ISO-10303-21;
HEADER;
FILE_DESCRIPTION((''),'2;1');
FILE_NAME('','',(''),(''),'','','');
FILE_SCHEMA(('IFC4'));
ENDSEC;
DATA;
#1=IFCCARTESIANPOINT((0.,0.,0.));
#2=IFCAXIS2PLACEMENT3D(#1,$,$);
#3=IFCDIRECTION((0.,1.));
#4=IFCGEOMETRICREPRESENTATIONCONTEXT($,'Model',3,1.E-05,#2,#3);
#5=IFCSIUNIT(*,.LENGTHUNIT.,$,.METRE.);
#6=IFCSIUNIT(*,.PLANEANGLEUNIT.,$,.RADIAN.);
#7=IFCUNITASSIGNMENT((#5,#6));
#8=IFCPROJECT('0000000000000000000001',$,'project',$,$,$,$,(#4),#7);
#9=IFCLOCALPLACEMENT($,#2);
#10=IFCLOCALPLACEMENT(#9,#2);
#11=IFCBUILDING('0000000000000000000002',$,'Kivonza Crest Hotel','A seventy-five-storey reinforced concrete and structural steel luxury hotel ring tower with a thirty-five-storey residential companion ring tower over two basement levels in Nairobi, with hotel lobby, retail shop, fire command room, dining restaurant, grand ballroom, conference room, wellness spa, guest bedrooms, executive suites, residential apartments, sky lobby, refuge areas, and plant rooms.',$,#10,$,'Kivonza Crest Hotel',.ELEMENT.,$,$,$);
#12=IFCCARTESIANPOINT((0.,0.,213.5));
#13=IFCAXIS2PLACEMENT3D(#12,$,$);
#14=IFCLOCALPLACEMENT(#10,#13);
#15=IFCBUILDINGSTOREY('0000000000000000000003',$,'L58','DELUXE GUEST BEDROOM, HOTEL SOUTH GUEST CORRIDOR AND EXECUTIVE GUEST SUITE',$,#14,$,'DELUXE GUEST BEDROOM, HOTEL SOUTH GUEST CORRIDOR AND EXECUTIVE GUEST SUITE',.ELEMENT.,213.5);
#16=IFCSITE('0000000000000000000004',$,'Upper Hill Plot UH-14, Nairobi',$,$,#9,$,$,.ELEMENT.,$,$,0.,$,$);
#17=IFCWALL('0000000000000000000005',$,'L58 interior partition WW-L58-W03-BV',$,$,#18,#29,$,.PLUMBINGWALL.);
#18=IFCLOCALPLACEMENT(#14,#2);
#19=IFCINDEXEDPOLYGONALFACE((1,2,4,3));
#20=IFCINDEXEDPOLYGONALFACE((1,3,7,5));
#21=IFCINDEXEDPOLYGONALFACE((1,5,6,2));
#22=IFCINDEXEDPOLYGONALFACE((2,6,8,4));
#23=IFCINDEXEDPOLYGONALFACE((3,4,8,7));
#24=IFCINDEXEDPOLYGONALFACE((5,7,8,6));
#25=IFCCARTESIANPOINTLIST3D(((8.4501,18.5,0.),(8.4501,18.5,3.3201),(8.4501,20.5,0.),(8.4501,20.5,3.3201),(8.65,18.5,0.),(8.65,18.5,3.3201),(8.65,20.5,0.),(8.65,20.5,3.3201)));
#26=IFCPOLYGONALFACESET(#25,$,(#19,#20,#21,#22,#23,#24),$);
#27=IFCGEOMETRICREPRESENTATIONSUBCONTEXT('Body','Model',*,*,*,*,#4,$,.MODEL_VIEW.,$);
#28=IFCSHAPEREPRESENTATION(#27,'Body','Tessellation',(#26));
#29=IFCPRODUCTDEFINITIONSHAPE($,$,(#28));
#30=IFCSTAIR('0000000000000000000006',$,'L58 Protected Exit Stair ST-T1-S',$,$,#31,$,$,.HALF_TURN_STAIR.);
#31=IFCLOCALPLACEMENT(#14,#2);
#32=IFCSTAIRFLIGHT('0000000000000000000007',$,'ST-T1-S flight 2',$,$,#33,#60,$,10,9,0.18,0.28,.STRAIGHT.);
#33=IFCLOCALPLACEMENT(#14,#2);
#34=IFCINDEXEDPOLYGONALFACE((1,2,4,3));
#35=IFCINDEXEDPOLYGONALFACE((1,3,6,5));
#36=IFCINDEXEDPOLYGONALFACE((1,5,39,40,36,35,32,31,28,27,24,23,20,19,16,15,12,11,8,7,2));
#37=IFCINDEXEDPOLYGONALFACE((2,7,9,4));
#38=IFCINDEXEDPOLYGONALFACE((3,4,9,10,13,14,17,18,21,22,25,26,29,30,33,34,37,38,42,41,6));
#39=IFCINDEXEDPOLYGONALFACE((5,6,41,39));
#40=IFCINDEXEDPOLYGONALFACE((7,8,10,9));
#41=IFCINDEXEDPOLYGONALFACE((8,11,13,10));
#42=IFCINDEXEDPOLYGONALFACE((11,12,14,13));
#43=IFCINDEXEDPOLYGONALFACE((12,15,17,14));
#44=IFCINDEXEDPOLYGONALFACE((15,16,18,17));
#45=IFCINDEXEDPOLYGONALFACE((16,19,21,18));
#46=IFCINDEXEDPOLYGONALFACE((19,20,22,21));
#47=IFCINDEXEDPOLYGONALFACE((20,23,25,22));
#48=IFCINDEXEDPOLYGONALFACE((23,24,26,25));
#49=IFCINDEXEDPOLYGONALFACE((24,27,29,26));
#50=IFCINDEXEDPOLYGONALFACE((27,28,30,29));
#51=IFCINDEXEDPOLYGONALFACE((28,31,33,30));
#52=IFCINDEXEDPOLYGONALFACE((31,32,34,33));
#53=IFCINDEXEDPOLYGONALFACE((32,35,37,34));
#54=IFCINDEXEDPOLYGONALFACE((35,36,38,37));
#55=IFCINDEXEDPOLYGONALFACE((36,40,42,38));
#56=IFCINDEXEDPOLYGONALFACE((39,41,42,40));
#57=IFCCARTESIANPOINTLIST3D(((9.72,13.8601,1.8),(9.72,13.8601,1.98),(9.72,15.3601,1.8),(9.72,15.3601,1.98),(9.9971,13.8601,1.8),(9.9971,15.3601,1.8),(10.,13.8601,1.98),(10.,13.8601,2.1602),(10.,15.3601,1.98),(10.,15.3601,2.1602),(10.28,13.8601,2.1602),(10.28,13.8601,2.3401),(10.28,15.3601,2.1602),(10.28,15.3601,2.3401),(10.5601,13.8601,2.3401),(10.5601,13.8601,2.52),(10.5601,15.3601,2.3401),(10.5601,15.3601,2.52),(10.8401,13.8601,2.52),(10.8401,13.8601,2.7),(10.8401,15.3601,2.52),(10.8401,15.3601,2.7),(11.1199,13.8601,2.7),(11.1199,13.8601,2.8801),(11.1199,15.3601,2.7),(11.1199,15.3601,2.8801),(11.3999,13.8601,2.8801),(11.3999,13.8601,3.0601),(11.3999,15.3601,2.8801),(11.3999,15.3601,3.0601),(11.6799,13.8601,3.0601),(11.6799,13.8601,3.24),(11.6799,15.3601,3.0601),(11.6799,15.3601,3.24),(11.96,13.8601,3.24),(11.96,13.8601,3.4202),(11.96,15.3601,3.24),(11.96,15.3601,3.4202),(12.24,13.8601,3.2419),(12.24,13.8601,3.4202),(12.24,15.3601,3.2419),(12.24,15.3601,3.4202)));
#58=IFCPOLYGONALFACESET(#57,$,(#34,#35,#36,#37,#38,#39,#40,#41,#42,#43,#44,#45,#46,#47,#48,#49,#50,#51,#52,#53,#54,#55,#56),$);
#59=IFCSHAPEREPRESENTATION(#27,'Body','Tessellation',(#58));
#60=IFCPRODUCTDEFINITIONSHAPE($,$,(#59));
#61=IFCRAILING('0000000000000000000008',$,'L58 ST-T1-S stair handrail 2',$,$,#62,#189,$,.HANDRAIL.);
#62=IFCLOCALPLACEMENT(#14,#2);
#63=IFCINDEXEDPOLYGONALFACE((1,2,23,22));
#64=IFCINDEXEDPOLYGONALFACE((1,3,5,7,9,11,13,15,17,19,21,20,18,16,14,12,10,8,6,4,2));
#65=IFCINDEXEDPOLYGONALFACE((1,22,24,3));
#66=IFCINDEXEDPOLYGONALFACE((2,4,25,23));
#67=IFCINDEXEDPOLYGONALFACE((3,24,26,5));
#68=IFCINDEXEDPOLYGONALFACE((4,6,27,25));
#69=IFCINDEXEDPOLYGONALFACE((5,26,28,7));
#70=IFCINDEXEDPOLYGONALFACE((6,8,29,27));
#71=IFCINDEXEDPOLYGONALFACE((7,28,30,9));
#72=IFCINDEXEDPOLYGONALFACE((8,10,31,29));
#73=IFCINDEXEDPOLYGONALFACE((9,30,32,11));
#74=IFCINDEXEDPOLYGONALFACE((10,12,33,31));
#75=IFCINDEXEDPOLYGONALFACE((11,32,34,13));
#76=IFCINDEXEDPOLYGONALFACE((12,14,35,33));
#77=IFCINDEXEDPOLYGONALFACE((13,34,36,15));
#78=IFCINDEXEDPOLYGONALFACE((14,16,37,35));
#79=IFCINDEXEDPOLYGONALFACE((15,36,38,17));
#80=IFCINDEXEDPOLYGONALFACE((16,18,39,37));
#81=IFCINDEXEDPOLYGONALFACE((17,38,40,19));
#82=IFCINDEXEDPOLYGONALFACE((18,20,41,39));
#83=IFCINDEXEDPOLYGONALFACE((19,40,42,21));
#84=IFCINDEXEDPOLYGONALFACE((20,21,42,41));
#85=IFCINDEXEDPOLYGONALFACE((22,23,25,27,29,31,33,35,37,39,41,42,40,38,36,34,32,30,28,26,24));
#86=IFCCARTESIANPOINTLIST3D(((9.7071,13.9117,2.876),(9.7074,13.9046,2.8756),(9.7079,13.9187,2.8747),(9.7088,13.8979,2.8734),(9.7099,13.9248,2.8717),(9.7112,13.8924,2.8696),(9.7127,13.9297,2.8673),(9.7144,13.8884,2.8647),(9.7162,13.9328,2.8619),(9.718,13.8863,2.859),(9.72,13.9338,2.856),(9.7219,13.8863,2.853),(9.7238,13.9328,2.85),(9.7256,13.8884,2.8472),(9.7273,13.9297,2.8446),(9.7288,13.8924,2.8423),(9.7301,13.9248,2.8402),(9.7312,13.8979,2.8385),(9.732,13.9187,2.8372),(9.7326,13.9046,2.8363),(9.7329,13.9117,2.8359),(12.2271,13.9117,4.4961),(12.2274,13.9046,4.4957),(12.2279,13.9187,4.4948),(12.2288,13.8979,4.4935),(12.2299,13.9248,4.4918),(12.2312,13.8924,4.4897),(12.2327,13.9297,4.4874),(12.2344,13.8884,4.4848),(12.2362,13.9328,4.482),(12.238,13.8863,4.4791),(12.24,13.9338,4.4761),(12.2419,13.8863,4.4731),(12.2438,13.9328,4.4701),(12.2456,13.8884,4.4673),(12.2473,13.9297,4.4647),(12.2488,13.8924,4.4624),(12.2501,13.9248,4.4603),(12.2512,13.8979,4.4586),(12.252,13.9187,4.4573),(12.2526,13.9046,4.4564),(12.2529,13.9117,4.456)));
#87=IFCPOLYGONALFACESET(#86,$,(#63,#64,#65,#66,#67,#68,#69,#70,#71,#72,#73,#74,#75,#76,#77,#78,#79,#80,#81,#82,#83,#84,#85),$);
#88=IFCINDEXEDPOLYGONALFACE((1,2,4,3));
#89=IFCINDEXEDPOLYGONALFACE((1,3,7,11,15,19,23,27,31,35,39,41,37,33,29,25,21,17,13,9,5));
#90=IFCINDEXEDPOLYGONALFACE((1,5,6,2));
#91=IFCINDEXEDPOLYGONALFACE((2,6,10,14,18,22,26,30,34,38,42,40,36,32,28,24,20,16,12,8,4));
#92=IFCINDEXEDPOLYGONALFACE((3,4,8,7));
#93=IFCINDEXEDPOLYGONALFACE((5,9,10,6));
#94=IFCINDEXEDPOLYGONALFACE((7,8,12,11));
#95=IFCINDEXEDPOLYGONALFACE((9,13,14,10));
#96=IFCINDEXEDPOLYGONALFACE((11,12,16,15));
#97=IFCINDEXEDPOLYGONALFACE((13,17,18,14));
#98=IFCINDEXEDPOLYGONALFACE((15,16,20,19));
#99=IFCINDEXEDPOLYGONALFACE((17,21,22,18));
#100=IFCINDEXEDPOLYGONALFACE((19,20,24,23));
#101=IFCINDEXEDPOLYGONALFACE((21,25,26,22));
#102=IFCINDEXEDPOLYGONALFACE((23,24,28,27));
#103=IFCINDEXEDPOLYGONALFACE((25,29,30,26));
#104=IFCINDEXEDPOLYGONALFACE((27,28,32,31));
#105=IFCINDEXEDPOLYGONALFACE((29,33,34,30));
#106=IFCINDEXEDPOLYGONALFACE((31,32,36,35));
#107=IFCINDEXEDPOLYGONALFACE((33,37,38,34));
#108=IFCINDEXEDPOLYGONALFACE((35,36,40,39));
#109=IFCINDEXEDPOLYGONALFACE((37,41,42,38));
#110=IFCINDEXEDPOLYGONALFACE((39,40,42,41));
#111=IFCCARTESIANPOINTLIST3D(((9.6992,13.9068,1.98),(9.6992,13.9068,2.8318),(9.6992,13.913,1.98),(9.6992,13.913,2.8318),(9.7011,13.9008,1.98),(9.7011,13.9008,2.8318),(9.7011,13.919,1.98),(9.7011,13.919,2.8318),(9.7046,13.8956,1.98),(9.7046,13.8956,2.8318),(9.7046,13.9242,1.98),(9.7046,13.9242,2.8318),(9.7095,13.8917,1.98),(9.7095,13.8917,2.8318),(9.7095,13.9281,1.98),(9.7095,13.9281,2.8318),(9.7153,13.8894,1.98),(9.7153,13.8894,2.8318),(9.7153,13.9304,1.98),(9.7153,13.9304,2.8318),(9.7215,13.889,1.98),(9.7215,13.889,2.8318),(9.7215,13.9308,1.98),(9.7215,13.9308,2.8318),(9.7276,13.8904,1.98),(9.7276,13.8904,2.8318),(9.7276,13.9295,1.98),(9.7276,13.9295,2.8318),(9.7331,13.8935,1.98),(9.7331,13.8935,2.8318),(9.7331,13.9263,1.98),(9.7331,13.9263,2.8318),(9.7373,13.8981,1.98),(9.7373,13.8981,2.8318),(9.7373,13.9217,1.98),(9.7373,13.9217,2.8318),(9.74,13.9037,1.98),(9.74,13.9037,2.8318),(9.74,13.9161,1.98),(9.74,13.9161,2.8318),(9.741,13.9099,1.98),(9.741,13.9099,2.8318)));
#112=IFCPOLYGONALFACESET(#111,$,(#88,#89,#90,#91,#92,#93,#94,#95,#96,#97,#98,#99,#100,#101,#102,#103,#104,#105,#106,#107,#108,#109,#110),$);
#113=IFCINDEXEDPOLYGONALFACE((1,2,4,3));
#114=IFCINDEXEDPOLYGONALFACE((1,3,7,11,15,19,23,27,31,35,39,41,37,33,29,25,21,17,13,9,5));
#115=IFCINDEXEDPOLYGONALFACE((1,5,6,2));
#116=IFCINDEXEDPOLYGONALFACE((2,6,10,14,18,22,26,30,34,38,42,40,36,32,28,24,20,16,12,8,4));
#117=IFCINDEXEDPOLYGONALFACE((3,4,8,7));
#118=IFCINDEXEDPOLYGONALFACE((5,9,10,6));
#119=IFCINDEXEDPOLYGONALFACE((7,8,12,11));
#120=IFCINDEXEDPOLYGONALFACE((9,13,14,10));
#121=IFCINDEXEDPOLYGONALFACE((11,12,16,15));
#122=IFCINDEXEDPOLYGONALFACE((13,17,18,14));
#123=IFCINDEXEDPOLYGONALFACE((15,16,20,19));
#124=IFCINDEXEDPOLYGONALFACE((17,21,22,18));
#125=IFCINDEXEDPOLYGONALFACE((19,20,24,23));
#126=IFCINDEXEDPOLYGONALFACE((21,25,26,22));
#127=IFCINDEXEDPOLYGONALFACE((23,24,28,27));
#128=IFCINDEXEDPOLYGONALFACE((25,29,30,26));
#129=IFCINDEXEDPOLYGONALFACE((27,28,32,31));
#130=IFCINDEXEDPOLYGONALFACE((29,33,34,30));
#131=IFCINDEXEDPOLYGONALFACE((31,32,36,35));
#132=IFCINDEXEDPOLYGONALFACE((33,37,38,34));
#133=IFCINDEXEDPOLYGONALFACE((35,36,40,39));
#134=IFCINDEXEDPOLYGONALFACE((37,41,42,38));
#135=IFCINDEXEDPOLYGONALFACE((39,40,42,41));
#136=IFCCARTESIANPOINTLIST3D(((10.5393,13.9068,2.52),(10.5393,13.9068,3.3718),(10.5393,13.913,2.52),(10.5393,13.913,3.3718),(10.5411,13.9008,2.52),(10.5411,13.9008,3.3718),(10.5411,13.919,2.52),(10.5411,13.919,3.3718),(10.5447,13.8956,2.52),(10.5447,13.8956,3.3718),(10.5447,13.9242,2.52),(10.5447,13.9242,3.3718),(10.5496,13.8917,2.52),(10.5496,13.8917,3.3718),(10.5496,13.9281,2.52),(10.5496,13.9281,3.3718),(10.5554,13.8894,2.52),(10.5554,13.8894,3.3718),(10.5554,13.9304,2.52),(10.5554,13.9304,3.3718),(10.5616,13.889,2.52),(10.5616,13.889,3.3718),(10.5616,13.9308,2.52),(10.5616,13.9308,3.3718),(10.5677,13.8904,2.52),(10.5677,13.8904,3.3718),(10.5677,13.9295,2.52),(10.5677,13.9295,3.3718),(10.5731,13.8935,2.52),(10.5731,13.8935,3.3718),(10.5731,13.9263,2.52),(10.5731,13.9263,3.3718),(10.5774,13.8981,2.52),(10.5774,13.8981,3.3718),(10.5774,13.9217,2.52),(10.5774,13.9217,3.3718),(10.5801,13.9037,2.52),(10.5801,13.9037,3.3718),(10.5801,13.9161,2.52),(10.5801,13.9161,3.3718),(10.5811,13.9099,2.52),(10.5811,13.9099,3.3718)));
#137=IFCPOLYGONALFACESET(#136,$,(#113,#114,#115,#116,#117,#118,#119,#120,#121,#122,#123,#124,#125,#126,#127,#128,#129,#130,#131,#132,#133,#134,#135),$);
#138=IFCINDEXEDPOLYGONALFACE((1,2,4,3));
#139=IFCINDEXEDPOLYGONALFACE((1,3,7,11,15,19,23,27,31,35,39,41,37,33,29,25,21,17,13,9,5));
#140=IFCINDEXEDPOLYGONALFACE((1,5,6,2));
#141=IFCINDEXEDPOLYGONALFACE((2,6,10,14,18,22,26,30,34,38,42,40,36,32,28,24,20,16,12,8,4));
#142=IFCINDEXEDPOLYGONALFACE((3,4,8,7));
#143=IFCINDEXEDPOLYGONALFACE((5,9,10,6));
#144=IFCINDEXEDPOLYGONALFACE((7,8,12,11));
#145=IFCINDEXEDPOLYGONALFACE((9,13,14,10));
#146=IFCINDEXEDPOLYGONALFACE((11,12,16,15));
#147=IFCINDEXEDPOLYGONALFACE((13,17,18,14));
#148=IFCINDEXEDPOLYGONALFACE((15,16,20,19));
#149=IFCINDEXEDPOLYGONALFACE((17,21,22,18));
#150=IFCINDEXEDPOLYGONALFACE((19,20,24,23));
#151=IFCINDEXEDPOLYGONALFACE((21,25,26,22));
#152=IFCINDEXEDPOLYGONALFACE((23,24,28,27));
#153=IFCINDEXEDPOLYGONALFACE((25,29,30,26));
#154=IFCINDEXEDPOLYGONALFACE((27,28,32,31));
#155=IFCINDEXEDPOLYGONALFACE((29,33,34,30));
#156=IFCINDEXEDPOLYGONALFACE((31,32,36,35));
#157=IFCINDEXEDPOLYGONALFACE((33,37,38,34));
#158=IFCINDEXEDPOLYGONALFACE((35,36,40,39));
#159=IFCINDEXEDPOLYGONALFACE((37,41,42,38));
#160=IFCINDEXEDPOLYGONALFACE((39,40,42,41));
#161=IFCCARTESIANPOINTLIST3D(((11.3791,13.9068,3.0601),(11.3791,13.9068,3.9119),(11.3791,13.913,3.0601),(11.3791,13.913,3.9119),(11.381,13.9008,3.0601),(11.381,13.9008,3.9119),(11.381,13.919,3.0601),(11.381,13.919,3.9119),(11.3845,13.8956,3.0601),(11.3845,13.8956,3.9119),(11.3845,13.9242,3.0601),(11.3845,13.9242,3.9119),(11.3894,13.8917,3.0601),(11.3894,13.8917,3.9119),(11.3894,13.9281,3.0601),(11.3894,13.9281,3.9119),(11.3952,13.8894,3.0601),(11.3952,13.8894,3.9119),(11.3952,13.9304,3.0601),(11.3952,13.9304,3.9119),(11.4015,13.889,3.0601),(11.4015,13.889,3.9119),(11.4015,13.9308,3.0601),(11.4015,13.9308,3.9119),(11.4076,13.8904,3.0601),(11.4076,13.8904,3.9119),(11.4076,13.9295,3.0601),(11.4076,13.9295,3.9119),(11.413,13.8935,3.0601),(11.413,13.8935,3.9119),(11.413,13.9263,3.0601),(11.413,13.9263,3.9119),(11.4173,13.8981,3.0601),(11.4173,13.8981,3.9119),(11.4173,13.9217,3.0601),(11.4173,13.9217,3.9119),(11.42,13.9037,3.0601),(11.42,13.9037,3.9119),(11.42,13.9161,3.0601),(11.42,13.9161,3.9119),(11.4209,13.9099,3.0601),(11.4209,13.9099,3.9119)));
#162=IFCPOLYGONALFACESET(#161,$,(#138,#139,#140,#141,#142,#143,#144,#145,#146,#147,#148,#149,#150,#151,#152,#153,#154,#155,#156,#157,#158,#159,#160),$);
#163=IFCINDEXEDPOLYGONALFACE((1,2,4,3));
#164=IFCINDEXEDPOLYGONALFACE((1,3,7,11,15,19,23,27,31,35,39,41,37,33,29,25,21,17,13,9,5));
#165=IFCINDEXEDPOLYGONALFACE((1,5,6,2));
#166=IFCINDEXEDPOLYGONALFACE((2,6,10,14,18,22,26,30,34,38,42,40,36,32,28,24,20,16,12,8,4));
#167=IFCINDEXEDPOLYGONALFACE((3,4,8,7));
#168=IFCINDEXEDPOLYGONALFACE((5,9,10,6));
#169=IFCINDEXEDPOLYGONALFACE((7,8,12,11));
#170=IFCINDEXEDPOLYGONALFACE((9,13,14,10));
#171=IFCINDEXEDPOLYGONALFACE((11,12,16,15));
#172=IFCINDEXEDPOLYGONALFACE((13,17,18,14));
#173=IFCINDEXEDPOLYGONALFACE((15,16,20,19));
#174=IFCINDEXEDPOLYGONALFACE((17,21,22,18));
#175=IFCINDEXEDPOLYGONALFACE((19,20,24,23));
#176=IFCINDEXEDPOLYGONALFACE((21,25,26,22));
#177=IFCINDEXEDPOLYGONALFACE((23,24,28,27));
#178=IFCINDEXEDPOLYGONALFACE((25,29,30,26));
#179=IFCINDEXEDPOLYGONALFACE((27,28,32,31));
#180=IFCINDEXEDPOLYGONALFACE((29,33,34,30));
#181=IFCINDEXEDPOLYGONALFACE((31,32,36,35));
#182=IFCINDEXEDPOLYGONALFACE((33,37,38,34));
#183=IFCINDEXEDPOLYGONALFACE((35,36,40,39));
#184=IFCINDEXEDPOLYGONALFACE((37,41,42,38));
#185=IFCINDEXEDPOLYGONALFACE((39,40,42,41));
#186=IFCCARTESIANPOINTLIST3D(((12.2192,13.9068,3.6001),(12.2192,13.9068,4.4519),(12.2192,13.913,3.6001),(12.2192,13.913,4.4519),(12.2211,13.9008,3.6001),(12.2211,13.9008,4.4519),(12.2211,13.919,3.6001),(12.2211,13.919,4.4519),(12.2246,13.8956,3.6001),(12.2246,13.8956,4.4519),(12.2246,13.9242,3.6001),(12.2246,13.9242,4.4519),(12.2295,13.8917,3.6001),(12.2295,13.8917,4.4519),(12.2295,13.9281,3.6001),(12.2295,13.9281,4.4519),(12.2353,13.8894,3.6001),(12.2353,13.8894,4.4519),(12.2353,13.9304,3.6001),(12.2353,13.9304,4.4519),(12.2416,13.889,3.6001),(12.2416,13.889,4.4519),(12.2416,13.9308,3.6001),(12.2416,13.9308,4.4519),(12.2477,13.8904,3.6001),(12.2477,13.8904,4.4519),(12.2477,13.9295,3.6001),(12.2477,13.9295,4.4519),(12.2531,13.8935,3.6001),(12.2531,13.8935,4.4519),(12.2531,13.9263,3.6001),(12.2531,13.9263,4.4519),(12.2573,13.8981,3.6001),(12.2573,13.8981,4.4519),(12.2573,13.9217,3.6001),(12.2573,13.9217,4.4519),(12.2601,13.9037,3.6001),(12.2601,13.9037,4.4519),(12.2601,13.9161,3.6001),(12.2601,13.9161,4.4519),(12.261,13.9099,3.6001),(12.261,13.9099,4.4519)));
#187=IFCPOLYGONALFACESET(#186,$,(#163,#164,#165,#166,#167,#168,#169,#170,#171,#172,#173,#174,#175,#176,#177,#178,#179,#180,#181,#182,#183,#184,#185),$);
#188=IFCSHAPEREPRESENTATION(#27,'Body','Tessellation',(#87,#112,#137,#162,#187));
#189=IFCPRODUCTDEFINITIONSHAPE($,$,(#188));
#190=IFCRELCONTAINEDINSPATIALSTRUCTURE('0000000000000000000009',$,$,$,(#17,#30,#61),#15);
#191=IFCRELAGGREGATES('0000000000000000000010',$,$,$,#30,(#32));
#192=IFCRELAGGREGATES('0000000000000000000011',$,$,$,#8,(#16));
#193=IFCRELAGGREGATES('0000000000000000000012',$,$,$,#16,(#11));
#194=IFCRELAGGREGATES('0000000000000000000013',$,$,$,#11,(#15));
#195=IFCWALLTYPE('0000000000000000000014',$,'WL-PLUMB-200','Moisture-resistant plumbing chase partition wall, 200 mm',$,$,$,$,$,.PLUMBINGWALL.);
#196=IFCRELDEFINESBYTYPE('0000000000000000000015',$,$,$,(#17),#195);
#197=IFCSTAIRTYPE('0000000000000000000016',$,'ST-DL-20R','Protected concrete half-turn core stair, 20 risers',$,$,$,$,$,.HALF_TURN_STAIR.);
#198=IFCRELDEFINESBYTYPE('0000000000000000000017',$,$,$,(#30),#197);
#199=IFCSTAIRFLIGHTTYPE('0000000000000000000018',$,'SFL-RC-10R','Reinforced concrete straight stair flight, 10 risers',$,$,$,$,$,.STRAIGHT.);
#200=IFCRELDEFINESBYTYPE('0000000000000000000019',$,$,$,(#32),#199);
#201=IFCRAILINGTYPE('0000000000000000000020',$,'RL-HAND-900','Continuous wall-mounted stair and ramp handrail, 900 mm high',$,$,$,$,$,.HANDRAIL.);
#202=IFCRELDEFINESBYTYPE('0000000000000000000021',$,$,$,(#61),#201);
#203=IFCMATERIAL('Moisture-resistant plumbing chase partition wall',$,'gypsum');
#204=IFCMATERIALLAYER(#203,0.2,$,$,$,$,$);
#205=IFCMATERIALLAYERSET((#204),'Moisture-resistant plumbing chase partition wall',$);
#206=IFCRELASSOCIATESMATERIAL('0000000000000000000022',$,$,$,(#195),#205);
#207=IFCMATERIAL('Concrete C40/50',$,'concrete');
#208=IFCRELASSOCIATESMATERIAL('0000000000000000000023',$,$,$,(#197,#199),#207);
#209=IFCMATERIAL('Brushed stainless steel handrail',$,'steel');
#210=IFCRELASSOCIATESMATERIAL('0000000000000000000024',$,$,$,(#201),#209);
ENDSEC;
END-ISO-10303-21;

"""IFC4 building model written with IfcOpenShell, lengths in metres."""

from ifc_helpers import new_model, si_unit, direction, frame, frame_2d, origin, origin_2d, place, context, subcontext, project, spatial, polyline, rectangle, circle, outline, extrude, material, layer, layer_set, type_object, element, aggregate, save


model = new_model("IFC4")

# Units and contexts
model_context = context("Model", 3, precision=1e-05, world=origin(), true_north=direction((0.0, 1.0)))
body_context = subcontext(model_context, "Body", "Model", "MODEL_VIEW")
ifc_project = project(units=[si_unit("LENGTHUNIT", "METRE"), si_unit("PLANEANGLEUNIT", "RADIAN")], contexts=[model_context])

# Site, building, storey
site_placement = place(None, origin())
site = spatial("IfcSite", under=ifc_project, at=site_placement, Name="Upper Hill Plot UH-14, Nairobi", CompositionType="ELEMENT", RefElevation=0.0)
building_placement = place(site_placement, origin())
building = spatial("IfcBuilding", under=site, at=building_placement, Name="Kivonza Crest Hotel", Description="A seventy-five-storey reinforced concrete and structural steel luxury hotel ring tower with a thirty-five-storey residential companion ring tower over two basement levels in Nairobi, with hotel lobby, retail shop, fire command room, dining restaurant, grand ballroom, conference room, wellness spa, guest bedrooms, executive suites, residential apartments, sky lobby, refuge areas, and plant rooms.", LongName="Kivonza Crest Hotel", CompositionType="ELEMENT")
storey_placement = place(building_placement, frame((0.0, 0.0, 213.5)))
storey = spatial("IfcBuildingStorey", under=building, at=storey_placement, Name="L58", Description="DELUXE GUEST BEDROOM, HOTEL SOUTH GUEST CORRIDOR AND EXECUTIVE GUEST SUITE", LongName="DELUXE GUEST BEDROOM, HOTEL SOUTH GUEST CORRIDOR AND EXECUTIVE GUEST SUITE", CompositionType="ELEMENT", Elevation=213.5)

# Shared definitions
ifc_material_1 = material(Name="Moisture-resistant plumbing chase partition wall", Category="gypsum")
ifc_layer_1 = layer(ifc_material_1, 0.2)
ifc_layer_set_1 = layer_set([ifc_layer_1], Name="Moisture-resistant plumbing chase partition wall")
wall_type_1 = type_object("IfcWallType", Name="WL-PLUMB-200", Description="Moisture-resistant plumbing chase partition wall, 200 mm", PredefinedType="PLUMBINGWALL", material=ifc_layer_set_1)

# Wall
wall_1_placement = place(storey_placement, frame((8.55, 18.5, 0.0), z_axis=(0.0, 0.0, 1.0), x_axis=(0.0, 1.0, 0.0)))
element("IfcWall", 1, at=wall_1_placement, inside=storey, type_object=wall_type_1, Name="L58 interior partition WW-L58-W03-BV", PredefinedType="PLUMBINGWALL", context=body_context, shape_type="SweptSolid", body=[
    extrude(rectangle(XDim=2.0, YDim=0.2, at=frame_2d((1.0, 0.0))), origin(), (0.0, 0.0, 1.0), 3.3201),
])

# Stair, stair flight
ifc_material_2 = material(Name="Concrete C40/50", Category="concrete")
stair_type = type_object("IfcStairType", Name="ST-DL-20R", Description="Protected concrete half-turn core stair, 20 risers", PredefinedType="HALF_TURN_STAIR", material=ifc_material_2)
stair_placement = place(storey_placement, origin())
stair = element("IfcStair", 2, at=stair_placement, inside=storey, type_object=stair_type, Name="L58 Protected Exit Stair ST-T1-S", PredefinedType="HALF_TURN_STAIR")
stair_flight_type = type_object("IfcStairFlightType", Name="SFL-RC-10R", Description="Reinforced concrete straight stair flight, 10 risers", PredefinedType="STRAIGHT", material=ifc_material_2)
stair_flight_placement = place(storey_placement, frame((9.72, 14.6101, 1.8), z_axis=(0.0, 0.0, 1.0), x_axis=(1.0, 0.0, 0.0)))
stair_flight = element("IfcStairFlight", 3, at=stair_flight_placement, type_object=stair_flight_type, Name="ST-T1-S flight 2", NumberOfRisers=10, NumberOfTreads=9, PredefinedType="STRAIGHT", RiserHeight=0.18, TreadLength=0.28, context=body_context, shape_type="SweptSolid", body=[
    extrude(outline(polyline([(0.0, 0.0), (0.0, 0.1799), (0.28, 0.1799), (0.28, 0.3601), (0.5601, 0.3601), (0.5601, 0.54), (0.8401, 0.54), (0.8401, 0.72), (1.1201, 0.72), (1.1201, 0.8999), (1.3999, 0.8999), (1.3999, 1.0801), (1.6799, 1.0801), (1.6799, 1.26), (1.96, 1.26), (1.96, 1.4399), (2.24, 1.4399), (2.24, 1.6201), (2.52, 1.6201), (2.52, 1.8), (2.52, 1.4419), (0.2771, 0.0), (0.0, 0.0)])), frame((0.0, 0.75, 0.0), z_axis=(0.0, -1.0, 0.0), x_axis=(1.0, 0.0, 0.0)), (0.0, 0.0, 1.0), 1.5),
])
aggregate(stair, [stair_flight])

# Railing
ifc_material_3 = material(Name="Brushed stainless steel handrail", Category="steel")
railing_type_1 = type_object("IfcRailingType", Name="RL-HAND-900", Description="Continuous wall-mounted stair and ramp handrail, 900 mm high", PredefinedType="HANDRAIL", material=ifc_material_3)
railing_1_placement = place(storey_placement, frame((9.72, 13.9099, 1.98)))
element("IfcRailing", 4, at=railing_1_placement, inside=storey, type_object=railing_type_1, Name="L58 ST-T1-S stair handrail 2", PredefinedType="HANDRAIL", context=body_context, shape_type="SweptSolid", body=[
    extrude(circle(Radius=0.0239, at=origin_2d()), frame((0.0, 0.0, 0.876), z_axis=(0.841163, 0.0, 0.540782), x_axis=(0.0, 1.0, 0.0)), (0.0, 0.0, 1.0), 2.9958),
    extrude(circle(Radius=0.021, at=origin_2d()), origin(), (0.0, 0.0, 1.0), 0.8518),
    extrude(circle(Radius=0.021, at=origin_2d()), frame((0.8401, 0.0, 0.54)), (0.0, 0.0, 1.0), 0.8518),
    extrude(circle(Radius=0.021, at=origin_2d()), frame((1.6799, 0.0, 1.0801)), (0.0, 0.0, 1.0), 0.8518),
    extrude(circle(Radius=0.021, at=origin_2d()), frame((2.52, 0.0, 1.6201)), (0.0, 0.0, 1.0), 0.8518),
])

save(model, "model.ifc")
